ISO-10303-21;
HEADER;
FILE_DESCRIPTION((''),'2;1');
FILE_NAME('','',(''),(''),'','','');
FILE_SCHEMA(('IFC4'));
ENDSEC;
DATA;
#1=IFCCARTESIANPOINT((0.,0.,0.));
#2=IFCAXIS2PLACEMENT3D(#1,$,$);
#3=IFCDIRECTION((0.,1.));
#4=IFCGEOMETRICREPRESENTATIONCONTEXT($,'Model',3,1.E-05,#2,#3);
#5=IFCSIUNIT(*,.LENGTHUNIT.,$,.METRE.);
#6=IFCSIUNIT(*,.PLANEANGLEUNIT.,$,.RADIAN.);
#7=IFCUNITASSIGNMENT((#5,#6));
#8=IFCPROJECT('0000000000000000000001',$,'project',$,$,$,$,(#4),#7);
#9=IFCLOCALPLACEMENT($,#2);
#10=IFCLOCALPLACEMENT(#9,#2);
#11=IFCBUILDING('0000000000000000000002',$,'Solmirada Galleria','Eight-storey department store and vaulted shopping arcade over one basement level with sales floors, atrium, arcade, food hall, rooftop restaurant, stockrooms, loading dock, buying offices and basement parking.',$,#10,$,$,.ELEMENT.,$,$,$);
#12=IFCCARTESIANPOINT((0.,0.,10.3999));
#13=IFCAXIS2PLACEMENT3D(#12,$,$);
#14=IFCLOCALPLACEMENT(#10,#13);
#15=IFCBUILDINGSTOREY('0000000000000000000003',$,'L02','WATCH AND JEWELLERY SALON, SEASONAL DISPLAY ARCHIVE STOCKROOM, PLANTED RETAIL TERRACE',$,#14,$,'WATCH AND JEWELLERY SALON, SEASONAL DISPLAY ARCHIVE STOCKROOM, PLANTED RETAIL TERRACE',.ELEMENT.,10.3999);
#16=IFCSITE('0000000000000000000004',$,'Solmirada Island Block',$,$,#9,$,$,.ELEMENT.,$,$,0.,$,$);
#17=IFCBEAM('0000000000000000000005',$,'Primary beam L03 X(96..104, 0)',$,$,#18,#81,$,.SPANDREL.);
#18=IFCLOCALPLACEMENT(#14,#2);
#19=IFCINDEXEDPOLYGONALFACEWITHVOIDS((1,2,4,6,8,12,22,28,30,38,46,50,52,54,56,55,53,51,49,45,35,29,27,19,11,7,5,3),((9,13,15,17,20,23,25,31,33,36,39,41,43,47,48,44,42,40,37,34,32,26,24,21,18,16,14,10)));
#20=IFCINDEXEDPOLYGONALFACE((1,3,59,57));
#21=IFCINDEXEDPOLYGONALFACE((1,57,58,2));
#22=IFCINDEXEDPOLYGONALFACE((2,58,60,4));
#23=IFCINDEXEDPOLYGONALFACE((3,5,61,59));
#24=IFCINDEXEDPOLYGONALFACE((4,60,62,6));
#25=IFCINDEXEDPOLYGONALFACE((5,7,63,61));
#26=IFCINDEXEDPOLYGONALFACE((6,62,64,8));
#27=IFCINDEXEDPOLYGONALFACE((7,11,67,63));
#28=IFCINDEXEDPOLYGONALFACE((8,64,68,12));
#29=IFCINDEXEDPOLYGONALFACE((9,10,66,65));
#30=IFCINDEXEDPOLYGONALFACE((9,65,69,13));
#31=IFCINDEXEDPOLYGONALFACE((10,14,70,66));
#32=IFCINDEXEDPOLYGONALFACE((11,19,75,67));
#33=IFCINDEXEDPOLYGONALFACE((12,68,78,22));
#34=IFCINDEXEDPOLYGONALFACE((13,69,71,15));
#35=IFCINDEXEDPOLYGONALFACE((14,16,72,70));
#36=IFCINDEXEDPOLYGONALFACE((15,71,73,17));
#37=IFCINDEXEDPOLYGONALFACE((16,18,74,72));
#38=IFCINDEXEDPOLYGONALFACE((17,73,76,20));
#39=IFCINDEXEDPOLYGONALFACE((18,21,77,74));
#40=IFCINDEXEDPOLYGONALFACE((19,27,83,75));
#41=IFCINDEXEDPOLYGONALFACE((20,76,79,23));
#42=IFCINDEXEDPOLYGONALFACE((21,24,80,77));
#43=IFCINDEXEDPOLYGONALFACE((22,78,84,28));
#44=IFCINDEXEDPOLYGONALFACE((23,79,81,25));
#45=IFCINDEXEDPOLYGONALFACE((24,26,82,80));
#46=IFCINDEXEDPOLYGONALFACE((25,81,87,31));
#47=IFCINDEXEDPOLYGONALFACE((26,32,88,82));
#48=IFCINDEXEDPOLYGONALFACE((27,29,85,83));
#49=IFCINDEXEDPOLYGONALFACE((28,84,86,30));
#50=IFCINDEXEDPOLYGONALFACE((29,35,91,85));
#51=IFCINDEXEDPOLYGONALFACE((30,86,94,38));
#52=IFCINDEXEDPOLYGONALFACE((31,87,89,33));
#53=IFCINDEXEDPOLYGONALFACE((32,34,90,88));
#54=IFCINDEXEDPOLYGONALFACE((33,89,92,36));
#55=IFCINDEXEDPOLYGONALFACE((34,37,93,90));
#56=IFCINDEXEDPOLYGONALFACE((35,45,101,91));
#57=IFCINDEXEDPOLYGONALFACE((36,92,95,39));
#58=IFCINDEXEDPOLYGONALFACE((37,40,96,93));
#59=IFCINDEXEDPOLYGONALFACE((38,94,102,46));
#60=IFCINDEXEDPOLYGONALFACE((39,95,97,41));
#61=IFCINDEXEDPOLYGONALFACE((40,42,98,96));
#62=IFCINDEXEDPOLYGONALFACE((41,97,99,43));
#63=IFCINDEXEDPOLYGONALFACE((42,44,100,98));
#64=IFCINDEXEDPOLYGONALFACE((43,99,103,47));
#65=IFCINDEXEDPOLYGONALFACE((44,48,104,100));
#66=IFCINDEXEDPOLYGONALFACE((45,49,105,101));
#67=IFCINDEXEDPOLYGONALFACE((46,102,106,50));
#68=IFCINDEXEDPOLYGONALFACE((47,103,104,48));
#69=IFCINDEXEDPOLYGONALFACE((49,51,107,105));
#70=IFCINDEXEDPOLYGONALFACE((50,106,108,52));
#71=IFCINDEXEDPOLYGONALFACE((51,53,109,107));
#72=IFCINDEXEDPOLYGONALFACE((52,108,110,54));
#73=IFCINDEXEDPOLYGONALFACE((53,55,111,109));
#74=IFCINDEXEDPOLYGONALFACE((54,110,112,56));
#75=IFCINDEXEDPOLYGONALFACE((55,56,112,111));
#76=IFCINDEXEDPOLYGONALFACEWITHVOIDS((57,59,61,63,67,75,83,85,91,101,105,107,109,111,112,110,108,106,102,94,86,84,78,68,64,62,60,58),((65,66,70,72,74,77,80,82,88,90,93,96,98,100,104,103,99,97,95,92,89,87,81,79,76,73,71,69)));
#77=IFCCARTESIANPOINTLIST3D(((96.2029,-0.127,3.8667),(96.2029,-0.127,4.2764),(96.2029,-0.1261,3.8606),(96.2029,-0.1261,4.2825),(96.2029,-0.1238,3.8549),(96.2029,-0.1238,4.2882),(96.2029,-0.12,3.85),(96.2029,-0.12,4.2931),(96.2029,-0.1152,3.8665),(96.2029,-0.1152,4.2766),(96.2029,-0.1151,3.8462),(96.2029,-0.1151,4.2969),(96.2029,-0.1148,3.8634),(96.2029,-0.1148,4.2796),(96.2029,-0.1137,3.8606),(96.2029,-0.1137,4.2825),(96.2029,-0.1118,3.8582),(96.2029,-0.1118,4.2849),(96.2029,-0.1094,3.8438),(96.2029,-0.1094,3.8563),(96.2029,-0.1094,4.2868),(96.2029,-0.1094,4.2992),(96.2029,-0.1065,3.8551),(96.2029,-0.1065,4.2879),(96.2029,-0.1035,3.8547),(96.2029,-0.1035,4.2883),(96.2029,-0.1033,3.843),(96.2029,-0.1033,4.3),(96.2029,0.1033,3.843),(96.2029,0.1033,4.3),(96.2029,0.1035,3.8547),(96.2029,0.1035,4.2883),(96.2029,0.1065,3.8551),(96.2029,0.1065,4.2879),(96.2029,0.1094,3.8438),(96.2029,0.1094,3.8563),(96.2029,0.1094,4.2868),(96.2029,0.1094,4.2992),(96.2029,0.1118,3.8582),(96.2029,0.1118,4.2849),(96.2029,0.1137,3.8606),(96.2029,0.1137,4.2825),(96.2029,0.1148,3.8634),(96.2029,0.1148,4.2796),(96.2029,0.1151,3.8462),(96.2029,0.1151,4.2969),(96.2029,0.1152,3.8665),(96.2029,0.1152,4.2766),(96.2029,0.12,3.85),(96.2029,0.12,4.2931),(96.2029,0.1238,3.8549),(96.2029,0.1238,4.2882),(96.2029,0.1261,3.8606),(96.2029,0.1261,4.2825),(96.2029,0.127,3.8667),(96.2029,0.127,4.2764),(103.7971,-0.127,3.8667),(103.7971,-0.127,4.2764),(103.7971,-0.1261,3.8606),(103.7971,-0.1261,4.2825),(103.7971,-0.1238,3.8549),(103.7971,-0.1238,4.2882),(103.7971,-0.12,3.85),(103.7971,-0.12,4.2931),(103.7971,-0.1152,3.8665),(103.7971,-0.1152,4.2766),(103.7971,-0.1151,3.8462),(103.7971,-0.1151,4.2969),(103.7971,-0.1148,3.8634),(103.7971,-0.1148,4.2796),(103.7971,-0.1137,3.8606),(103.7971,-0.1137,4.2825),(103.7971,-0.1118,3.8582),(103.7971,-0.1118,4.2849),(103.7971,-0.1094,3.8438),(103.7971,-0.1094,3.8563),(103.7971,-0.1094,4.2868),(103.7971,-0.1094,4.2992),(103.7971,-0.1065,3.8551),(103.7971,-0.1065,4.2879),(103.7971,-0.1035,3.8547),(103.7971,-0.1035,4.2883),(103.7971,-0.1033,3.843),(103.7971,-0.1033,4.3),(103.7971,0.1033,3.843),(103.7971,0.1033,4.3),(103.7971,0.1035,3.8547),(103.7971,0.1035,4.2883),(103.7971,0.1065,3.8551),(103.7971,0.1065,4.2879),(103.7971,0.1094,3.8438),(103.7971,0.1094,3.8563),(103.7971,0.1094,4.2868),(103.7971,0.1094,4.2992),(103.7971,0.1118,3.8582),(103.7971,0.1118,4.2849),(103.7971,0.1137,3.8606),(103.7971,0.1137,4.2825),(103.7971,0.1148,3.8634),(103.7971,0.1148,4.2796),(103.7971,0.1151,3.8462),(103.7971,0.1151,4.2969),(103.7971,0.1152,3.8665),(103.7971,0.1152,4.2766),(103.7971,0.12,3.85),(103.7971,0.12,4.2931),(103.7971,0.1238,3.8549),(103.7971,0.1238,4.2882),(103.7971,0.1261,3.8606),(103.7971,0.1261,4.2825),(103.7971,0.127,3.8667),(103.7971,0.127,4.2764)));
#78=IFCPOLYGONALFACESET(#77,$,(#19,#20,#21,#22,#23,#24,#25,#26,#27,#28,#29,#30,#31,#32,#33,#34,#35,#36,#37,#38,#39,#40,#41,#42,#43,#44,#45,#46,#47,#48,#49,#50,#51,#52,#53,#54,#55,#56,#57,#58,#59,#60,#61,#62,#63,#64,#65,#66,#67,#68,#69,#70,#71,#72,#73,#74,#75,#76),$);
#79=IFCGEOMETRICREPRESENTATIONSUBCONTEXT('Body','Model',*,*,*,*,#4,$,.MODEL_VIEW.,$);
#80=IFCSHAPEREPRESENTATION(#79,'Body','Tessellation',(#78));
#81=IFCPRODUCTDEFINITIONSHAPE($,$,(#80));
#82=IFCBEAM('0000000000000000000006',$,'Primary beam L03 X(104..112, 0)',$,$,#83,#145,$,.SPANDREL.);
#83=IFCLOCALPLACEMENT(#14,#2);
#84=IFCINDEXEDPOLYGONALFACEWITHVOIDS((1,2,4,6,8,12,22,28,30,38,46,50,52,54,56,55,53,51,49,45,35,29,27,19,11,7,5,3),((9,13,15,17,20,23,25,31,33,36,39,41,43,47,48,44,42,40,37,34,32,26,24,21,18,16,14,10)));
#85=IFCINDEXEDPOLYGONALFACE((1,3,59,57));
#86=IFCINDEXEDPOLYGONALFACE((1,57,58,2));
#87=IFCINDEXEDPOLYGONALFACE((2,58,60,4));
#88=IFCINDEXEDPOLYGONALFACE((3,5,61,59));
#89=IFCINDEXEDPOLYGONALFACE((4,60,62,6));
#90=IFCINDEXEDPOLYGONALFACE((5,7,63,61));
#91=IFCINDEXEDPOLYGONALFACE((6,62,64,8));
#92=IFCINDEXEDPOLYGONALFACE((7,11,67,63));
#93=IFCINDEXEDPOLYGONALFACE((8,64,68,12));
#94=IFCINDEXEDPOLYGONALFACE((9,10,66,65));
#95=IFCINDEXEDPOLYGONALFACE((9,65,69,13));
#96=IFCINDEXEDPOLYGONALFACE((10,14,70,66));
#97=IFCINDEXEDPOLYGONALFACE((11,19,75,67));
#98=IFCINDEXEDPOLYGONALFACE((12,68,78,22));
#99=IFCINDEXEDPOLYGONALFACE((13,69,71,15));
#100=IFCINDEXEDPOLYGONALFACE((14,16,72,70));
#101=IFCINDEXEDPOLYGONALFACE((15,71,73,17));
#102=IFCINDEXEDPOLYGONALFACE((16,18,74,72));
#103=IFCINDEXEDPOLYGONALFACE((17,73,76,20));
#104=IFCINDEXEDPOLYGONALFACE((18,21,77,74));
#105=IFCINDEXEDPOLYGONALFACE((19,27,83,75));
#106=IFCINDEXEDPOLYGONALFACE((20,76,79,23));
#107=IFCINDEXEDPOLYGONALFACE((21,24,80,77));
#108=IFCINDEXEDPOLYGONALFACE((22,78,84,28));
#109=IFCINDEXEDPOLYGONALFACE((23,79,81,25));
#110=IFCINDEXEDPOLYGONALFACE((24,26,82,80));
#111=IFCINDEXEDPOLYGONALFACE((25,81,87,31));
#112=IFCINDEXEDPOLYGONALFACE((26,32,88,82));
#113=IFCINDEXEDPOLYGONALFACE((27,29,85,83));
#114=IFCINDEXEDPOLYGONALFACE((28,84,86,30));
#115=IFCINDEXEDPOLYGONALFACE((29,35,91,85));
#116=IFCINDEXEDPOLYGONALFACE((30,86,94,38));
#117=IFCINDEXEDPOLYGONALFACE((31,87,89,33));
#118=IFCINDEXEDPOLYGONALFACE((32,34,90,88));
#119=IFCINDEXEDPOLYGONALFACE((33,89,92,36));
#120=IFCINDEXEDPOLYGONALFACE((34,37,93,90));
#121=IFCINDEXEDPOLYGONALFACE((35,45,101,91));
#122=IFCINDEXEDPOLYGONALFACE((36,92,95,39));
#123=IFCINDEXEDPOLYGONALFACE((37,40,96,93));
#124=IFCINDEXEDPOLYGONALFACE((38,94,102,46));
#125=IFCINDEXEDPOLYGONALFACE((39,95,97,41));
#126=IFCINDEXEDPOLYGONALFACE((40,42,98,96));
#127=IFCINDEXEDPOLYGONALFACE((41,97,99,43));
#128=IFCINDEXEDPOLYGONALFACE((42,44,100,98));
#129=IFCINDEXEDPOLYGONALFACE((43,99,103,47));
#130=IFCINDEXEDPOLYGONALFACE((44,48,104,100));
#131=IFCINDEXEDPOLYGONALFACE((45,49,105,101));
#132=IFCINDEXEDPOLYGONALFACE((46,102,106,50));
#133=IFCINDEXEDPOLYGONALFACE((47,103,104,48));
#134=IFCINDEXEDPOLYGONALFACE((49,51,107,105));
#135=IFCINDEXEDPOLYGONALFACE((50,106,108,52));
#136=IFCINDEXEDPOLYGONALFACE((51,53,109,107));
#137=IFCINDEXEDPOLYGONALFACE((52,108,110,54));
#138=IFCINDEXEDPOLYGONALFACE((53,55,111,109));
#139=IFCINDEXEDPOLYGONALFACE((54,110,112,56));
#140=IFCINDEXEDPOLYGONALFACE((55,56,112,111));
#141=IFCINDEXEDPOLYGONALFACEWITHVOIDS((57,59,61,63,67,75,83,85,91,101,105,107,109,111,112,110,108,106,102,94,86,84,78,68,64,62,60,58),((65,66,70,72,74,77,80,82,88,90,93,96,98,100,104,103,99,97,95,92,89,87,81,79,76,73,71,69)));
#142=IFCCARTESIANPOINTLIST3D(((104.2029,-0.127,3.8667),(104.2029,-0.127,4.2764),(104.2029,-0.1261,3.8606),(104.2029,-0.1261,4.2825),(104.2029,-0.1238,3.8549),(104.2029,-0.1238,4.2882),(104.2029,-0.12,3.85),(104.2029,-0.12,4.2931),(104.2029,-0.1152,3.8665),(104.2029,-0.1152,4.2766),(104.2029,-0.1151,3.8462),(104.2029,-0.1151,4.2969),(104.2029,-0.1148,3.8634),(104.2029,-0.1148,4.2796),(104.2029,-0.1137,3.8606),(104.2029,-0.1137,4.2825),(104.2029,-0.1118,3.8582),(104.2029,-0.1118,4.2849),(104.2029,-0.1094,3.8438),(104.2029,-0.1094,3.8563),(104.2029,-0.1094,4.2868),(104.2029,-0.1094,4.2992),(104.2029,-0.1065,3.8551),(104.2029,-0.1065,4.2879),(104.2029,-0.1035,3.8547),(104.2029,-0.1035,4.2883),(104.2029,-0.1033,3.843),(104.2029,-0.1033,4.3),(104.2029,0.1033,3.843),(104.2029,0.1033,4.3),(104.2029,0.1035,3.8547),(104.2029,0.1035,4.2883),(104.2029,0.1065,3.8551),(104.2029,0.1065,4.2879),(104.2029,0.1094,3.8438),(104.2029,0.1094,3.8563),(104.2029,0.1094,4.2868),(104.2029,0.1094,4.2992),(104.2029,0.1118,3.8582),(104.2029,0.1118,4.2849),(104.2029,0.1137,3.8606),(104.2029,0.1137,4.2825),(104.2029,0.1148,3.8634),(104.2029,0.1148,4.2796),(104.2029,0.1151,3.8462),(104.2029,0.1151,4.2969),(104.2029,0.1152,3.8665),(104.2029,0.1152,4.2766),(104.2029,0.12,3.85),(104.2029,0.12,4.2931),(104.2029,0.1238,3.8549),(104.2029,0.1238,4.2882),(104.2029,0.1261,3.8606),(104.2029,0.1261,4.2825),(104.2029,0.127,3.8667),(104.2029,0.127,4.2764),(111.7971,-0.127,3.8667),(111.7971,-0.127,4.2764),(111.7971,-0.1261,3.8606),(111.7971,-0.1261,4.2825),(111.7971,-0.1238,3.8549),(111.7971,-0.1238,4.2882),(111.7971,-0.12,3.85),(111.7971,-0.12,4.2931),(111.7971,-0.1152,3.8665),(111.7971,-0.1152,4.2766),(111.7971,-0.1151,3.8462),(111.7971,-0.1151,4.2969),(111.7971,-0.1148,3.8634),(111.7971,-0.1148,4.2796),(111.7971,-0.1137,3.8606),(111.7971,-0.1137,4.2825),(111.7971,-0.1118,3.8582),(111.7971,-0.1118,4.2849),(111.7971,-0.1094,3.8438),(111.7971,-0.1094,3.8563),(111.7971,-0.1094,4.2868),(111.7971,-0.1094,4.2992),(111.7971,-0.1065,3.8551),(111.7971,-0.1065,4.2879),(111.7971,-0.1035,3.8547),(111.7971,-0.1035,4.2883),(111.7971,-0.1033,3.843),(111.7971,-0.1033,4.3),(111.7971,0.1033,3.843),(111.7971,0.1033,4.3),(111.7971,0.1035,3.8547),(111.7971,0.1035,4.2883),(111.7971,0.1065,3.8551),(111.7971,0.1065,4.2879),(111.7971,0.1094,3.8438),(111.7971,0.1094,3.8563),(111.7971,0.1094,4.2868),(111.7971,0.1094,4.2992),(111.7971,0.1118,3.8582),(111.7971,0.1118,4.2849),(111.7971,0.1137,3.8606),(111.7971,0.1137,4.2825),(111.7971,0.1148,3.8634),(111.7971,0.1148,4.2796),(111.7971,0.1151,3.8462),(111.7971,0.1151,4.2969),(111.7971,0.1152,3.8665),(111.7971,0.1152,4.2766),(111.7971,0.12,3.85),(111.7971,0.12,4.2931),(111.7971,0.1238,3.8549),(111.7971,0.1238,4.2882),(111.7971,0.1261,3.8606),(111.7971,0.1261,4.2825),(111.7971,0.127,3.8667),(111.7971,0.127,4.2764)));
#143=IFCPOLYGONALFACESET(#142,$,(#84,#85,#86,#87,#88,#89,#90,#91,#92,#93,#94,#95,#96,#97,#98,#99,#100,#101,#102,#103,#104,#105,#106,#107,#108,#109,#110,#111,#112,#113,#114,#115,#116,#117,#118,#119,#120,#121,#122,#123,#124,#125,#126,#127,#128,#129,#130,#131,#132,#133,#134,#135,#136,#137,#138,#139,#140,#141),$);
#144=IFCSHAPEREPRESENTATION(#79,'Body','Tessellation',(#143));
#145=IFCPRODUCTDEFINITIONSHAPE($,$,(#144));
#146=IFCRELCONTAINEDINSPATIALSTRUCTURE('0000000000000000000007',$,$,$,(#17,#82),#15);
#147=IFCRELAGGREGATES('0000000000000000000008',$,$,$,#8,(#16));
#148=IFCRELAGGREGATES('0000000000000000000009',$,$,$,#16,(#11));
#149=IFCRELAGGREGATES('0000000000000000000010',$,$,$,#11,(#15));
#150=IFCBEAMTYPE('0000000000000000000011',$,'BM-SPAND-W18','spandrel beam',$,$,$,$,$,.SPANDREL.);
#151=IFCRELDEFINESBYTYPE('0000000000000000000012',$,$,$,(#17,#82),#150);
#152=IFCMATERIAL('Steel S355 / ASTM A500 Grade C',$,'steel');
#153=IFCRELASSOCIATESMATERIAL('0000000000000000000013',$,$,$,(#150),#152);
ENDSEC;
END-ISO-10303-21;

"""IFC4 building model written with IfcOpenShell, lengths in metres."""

from ifc_helpers import new_model, si_unit, direction, frame, origin, origin_2d, place, context, subcontext, project, spatial, hollow_rectangle, extrude, material, material_profile, profile_set, type_object, element, save


model = new_model("IFC4")

# Units and contexts
model_context = context("Model", 3, precision=1e-05, world=origin(), true_north=direction((0.0, 1.0)))
body_context = subcontext(model_context, "Body", "Model", "MODEL_VIEW")
ifc_project = project(units=[si_unit("LENGTHUNIT", "METRE"), si_unit("PLANEANGLEUNIT", "RADIAN")], contexts=[model_context])

# Site, building, storey
site_placement = place(None, origin())
site = spatial("IfcSite", under=ifc_project, at=site_placement, Name="Solmirada Island Block", CompositionType="ELEMENT", RefElevation=0.0)
building_placement = place(site_placement, origin())
building = spatial("IfcBuilding", under=site, at=building_placement, Name="Solmirada Galleria", Description="Eight-storey department store and vaulted shopping arcade over one basement level with sales floors, atrium, arcade, food hall, rooftop restaurant, stockrooms, loading dock, buying offices and basement parking.", CompositionType="ELEMENT")
storey_placement = place(building_placement, frame((0.0, 0.0, 10.3999)))
storey = spatial("IfcBuildingStorey", under=building, at=storey_placement, Name="L02", Description="WATCH AND JEWELLERY SALON, SEASONAL DISPLAY ARCHIVE STOCKROOM, PLANTED RETAIL TERRACE", LongName="WATCH AND JEWELLERY SALON, SEASONAL DISPLAY ARCHIVE STOCKROOM, PLANTED RETAIL TERRACE", CompositionType="ELEMENT", Elevation=10.3999)

# Shared definitions
ifc_material_1 = material(Name="Steel S355 / ASTM A500 Grade C", Category="steel")

# Beams
ifc_material_profile_1 = material_profile(ifc_material_1, hollow_rectangle(XDim=0.2539, YDim=0.457, WallThickness=0.0117, InnerFilletRadius=0.0117, OuterFilletRadius=0.0237, at=origin_2d()), Name="HSS18X10X1/2")
ifc_profile_set_1 = profile_set([ifc_material_profile_1], Name="Steel S355 / ASTM A500 Grade C")
beam_type_1 = type_object("IfcBeamType", Name="BM-SPAND-W18", Description="spandrel beam", PredefinedType="SPANDREL", material=ifc_profile_set_1)
for number, where, z_axis, x_axis, name in (
    (1, (96.2029, 0.0, 4.0715), (1.0, 0.0, 0.0), (0.0, 1.0, 0.0), "Primary beam L03 X(96..104, 0)"),
    (2, (104.2029, 0.0, 4.0715), (1.0, 0.0, 0.0), (0.0, 1.0, 0.0), "Primary beam L03 X(104..112, 0)"),
):
    element("IfcBeam", number, at=place(storey_placement, frame(where, z_axis=z_axis, x_axis=x_axis)), inside=storey, type_object=beam_type_1, Name=name, PredefinedType="SPANDREL", context=body_context, shape_type="SweptSolid", body=[
        extrude(hollow_rectangle(XDim=0.2539, YDim=0.457, WallThickness=0.0117, InnerFilletRadius=0.0117, OuterFilletRadius=0.0237, at=origin_2d()), origin(), (0.0, 0.0, 1.0), 7.5942),
    ])

save(model, "model.ifc")
